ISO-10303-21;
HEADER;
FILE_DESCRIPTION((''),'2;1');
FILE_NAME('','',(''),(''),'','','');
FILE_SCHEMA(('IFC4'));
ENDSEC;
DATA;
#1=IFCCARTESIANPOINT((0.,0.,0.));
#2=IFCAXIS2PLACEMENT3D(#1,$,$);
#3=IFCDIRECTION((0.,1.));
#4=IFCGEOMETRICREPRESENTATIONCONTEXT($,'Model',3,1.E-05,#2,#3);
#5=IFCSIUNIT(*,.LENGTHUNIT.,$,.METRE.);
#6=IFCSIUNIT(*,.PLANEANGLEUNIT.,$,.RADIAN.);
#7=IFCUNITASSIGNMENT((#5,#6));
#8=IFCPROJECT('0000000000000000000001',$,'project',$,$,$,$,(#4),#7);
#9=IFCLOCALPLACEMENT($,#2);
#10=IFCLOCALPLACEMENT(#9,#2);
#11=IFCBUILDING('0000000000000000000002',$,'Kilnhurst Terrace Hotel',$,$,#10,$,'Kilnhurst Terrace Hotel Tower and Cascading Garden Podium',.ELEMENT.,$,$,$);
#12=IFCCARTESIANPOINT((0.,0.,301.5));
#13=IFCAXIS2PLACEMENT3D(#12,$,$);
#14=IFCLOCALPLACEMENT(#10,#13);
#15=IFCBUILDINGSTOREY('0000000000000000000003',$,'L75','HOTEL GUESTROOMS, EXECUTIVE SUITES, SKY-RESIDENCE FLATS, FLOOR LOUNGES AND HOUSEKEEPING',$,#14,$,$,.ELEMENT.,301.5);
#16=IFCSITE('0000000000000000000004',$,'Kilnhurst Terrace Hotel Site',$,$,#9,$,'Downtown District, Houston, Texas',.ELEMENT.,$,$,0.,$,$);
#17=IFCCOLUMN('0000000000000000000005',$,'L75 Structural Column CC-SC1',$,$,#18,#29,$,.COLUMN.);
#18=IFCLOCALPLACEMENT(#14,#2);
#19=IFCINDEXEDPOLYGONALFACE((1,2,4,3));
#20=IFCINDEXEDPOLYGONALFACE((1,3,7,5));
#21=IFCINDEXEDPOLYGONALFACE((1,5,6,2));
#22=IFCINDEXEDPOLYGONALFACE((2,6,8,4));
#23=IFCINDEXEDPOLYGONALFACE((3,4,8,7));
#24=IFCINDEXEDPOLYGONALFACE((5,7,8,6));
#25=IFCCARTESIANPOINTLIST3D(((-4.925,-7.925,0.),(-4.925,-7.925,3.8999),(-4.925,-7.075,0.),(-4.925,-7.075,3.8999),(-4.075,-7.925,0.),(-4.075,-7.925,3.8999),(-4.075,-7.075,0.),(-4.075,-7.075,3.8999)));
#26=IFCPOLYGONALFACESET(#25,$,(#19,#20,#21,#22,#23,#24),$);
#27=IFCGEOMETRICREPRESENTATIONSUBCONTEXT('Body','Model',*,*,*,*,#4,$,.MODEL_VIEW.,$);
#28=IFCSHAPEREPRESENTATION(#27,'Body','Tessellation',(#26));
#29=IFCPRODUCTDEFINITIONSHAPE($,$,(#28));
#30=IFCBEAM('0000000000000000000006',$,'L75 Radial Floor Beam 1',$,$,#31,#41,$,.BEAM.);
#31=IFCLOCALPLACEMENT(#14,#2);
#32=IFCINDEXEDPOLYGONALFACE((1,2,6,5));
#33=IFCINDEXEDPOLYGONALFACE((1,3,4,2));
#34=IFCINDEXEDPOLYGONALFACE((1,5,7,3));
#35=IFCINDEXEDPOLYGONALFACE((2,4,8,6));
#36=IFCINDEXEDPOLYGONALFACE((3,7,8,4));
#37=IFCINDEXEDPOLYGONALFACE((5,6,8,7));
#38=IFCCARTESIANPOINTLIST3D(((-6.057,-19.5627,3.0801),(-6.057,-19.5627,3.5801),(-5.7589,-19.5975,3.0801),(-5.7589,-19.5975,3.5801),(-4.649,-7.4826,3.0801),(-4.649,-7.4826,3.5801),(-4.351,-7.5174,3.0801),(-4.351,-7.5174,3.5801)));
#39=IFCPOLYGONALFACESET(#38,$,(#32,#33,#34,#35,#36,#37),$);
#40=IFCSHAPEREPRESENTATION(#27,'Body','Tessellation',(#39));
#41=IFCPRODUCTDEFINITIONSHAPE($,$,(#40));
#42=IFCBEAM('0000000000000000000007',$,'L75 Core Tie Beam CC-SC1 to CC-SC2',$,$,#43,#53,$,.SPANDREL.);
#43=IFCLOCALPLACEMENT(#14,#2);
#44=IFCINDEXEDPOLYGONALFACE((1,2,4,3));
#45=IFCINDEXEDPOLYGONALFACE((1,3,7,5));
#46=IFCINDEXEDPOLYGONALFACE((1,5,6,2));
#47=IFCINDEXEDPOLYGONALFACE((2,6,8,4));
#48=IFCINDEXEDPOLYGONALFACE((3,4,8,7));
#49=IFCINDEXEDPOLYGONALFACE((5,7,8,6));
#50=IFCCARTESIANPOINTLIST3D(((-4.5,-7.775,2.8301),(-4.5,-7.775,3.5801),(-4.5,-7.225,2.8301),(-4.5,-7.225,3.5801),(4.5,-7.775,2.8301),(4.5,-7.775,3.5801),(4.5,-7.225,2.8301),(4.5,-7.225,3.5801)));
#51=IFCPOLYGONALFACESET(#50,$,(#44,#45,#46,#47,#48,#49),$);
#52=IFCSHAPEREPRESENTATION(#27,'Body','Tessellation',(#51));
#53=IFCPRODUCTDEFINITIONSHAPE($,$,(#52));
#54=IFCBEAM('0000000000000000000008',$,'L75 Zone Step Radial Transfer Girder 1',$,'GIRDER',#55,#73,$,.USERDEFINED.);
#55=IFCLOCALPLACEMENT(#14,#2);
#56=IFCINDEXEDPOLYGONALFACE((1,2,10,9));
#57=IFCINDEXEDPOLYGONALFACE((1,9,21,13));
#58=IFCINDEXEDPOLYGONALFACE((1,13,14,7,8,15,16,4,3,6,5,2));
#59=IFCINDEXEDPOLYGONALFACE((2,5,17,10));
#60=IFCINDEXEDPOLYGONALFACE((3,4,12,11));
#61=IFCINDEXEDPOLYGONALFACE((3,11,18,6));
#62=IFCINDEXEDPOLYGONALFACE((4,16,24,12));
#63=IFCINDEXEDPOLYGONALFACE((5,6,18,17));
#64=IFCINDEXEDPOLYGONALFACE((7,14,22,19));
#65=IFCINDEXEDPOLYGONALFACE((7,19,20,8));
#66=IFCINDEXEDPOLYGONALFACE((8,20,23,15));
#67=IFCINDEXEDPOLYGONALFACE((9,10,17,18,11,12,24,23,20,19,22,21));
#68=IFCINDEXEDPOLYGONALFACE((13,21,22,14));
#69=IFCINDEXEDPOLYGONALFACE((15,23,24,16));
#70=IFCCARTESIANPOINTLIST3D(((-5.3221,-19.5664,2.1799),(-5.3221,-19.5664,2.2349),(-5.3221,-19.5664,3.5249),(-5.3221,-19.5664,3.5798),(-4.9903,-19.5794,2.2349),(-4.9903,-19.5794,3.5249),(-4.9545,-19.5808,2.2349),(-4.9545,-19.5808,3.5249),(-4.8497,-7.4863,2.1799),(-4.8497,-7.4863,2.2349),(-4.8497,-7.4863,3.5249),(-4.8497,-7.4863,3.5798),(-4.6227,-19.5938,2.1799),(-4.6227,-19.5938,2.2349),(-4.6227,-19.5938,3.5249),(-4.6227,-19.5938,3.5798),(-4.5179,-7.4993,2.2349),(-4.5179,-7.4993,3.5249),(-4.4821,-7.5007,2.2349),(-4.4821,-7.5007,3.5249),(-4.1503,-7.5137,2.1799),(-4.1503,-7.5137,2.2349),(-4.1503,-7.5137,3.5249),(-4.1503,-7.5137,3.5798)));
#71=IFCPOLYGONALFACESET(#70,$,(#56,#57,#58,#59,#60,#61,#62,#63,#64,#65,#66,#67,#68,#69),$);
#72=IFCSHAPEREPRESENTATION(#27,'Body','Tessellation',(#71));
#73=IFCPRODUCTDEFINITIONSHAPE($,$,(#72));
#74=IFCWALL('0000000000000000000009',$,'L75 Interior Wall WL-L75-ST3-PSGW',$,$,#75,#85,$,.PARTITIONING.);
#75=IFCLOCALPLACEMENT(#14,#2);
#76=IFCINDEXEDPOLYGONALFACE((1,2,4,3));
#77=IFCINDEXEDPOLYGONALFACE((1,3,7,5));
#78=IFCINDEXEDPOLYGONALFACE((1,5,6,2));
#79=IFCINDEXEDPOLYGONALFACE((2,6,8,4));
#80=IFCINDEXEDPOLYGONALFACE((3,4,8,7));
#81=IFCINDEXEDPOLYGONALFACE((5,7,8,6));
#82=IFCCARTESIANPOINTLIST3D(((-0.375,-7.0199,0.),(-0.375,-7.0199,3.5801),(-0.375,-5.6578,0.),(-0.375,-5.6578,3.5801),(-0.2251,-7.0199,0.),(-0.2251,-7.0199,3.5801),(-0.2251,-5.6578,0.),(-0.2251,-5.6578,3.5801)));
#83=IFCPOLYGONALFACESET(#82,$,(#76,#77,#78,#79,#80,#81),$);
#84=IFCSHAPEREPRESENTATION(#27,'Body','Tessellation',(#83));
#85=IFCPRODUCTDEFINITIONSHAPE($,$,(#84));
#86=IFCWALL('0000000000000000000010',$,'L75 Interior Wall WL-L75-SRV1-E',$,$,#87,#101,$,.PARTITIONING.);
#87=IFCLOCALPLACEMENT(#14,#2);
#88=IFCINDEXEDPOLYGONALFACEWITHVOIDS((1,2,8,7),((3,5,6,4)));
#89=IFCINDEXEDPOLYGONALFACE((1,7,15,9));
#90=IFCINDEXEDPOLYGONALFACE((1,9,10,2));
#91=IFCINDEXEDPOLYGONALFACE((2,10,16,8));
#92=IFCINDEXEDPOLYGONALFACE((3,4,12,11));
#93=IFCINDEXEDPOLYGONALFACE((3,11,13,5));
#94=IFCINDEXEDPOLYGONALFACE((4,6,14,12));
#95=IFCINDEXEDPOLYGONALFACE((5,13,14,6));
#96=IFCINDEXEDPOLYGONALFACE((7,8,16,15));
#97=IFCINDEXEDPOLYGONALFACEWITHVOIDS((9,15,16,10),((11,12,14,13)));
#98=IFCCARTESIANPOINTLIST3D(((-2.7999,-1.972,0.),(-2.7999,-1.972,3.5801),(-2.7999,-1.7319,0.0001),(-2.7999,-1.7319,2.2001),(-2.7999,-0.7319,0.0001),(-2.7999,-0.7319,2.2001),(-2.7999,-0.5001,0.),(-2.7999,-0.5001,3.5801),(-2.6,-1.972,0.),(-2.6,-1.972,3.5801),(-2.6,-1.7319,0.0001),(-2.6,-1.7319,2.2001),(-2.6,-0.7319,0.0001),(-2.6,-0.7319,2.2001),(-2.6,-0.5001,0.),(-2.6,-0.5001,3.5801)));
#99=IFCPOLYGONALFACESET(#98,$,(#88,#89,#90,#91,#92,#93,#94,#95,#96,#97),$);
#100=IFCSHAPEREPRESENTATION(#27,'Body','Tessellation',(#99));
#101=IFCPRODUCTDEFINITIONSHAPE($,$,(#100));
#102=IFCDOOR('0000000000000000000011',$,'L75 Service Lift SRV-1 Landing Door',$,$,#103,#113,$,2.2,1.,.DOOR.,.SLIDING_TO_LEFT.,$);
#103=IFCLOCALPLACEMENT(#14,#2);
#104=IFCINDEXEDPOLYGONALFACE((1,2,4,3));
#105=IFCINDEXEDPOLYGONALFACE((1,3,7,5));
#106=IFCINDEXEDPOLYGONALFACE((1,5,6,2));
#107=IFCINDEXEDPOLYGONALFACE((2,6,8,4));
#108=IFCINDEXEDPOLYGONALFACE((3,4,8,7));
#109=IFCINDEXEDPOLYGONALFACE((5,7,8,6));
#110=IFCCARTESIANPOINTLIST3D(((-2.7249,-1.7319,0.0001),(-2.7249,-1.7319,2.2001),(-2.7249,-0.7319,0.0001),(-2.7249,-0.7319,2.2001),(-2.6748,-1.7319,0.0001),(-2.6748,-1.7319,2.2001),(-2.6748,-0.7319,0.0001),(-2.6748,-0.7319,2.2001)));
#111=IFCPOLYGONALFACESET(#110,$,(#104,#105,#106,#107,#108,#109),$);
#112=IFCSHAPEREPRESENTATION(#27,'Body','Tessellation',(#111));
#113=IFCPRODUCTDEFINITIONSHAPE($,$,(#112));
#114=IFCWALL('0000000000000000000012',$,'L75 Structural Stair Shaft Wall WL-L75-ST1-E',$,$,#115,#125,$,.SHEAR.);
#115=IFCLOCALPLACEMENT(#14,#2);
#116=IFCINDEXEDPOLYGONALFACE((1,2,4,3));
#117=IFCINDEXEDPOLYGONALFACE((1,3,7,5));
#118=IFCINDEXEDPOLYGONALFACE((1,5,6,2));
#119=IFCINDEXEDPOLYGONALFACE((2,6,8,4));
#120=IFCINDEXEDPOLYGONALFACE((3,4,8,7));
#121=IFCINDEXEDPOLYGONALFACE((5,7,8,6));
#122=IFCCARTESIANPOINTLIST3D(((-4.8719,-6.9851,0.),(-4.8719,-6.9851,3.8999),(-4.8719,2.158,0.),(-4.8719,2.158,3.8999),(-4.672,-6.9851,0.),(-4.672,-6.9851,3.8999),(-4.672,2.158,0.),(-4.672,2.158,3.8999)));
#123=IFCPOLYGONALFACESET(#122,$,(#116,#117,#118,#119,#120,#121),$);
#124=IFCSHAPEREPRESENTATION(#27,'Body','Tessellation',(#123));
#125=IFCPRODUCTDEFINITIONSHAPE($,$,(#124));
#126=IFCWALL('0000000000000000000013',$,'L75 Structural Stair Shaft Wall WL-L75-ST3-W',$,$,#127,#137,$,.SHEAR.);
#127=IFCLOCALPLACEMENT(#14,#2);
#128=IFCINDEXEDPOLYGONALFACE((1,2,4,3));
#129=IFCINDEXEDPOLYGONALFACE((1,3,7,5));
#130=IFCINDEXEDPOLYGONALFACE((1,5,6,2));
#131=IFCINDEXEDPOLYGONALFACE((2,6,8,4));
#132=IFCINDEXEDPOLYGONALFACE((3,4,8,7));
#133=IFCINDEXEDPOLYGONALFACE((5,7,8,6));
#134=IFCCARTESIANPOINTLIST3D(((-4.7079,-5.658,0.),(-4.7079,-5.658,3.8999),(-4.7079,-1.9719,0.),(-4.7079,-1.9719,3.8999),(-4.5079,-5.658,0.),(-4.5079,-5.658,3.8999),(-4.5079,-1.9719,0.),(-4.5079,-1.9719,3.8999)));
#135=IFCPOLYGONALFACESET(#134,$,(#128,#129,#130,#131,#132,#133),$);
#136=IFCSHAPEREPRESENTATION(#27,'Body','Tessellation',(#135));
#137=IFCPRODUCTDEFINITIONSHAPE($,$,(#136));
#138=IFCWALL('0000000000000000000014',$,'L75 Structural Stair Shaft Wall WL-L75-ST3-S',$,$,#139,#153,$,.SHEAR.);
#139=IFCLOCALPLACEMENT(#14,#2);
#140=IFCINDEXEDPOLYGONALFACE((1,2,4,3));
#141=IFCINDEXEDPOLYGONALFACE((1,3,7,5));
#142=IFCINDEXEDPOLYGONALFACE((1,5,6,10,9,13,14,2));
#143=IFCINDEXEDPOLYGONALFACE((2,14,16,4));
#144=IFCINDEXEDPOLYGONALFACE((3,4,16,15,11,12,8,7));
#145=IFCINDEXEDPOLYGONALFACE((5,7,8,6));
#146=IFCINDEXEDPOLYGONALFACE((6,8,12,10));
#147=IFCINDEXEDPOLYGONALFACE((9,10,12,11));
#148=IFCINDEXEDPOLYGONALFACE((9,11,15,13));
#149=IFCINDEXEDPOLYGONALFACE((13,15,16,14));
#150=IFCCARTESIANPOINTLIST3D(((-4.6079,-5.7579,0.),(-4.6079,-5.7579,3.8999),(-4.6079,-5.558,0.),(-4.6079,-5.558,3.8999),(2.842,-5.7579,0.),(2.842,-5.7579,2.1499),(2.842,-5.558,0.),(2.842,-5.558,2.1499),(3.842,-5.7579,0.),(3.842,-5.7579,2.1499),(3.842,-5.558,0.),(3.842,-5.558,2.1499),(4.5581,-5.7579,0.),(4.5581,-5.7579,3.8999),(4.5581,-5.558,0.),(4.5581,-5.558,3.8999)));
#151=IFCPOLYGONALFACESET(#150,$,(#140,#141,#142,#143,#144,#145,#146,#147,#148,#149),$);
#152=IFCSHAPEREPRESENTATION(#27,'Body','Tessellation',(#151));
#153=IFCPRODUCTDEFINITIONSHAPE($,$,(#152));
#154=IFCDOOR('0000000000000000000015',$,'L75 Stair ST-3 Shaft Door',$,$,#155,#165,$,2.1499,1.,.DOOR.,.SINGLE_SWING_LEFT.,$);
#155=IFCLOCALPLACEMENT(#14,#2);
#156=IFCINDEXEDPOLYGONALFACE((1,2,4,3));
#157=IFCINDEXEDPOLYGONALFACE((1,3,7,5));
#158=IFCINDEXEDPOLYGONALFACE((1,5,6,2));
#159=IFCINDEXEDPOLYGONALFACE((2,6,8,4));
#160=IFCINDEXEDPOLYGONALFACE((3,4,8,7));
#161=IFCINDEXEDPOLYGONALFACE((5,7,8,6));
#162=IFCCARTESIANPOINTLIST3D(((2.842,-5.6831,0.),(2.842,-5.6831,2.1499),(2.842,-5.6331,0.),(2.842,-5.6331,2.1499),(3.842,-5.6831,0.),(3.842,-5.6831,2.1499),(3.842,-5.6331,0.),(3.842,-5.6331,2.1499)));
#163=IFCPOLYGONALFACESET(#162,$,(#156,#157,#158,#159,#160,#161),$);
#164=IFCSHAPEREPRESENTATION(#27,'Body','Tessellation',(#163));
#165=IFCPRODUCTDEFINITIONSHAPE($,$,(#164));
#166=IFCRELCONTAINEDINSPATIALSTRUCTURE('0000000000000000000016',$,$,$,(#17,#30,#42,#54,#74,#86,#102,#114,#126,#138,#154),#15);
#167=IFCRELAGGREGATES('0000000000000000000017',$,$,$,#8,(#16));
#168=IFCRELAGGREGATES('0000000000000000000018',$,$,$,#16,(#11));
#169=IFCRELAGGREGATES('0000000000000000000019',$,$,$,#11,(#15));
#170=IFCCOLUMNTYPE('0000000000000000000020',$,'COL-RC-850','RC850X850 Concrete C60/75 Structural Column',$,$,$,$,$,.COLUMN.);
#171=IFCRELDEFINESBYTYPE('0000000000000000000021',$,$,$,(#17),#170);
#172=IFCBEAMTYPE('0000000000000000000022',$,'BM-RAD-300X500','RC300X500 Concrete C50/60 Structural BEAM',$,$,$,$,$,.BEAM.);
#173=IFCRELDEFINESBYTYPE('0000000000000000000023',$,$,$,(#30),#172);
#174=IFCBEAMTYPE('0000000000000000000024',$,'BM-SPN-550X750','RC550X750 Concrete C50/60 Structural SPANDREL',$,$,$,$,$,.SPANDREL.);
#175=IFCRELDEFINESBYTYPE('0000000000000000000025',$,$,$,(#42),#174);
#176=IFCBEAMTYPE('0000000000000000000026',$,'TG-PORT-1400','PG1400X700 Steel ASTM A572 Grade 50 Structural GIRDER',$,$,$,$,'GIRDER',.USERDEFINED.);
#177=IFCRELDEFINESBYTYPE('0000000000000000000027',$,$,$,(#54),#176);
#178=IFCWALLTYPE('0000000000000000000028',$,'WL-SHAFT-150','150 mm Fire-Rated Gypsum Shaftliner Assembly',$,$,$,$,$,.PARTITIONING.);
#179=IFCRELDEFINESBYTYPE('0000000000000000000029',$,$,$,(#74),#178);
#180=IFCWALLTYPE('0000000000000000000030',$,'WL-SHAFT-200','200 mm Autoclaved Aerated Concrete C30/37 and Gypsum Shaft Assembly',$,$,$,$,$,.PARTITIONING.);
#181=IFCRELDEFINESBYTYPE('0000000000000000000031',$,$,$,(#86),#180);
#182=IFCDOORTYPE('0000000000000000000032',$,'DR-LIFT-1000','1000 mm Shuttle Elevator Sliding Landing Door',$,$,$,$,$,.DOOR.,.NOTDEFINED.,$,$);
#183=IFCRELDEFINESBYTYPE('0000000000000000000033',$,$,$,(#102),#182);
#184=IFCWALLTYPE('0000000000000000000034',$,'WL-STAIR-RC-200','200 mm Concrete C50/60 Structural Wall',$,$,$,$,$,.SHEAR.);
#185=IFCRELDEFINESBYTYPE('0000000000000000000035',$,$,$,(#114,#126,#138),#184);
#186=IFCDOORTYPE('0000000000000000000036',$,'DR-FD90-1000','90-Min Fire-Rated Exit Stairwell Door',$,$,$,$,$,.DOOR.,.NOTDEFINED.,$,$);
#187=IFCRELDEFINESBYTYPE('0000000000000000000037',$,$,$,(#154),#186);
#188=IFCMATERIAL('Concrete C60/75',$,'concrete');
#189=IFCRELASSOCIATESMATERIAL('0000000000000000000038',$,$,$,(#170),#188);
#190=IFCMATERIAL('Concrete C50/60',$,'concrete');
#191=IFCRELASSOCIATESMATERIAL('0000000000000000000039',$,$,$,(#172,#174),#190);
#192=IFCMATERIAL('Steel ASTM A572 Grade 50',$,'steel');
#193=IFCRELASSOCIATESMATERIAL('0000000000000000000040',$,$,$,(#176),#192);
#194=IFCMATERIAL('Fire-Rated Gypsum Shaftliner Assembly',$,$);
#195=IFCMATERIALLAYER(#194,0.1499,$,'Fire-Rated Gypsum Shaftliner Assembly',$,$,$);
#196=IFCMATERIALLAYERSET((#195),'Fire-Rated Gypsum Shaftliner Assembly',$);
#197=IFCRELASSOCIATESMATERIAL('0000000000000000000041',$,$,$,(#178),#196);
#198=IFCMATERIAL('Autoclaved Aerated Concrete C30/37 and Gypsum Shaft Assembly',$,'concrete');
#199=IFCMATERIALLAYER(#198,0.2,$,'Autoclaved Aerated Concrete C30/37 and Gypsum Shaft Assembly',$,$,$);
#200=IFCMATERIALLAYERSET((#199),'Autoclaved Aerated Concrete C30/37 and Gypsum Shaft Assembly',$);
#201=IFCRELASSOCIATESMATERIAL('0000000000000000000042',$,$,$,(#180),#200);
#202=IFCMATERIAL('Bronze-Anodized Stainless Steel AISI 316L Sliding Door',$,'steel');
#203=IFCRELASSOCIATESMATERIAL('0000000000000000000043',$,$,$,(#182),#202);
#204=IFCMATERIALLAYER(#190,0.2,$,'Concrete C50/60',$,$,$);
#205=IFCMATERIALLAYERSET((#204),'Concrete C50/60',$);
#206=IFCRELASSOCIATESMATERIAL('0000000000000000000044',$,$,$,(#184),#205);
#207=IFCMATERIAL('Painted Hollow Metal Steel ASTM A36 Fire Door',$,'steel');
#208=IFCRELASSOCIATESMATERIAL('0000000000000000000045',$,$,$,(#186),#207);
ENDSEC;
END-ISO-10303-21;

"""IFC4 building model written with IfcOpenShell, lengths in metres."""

from ifc_helpers import new_model, si_unit, direction, frame, frame_2d, origin, origin_2d, place, context, subcontext, project, spatial, rectangle, i_section, extrude, material, layer, layer_set, material_profile, profile_set, type_object, element, fill, save


model = new_model("IFC4")

# Units and contexts
model_context = context("Model", 3, precision=1e-05, world=origin(), true_north=direction((0.0, 1.0)))
body_context = subcontext(model_context, "Body", "Model", "MODEL_VIEW")
ifc_project = project(units=[si_unit("LENGTHUNIT", "METRE"), si_unit("PLANEANGLEUNIT", "RADIAN")], contexts=[model_context])

# Site, building, storey
site_placement = place(None, origin())
site = spatial("IfcSite", under=ifc_project, at=site_placement, Name="Kilnhurst Terrace Hotel Site", LongName="Downtown District, Houston, Texas", CompositionType="ELEMENT", RefElevation=0.0)
building_placement = place(site_placement, origin())
building = spatial("IfcBuilding", under=site, at=building_placement, Name="Kilnhurst Terrace Hotel", LongName="Kilnhurst Terrace Hotel Tower and Cascading Garden Podium", CompositionType="ELEMENT")
storey_placement = place(building_placement, frame((0.0, 0.0, 301.5)))
storey = spatial("IfcBuildingStorey", under=building, at=storey_placement, Name="L75", Description="HOTEL GUESTROOMS, EXECUTIVE SUITES, SKY-RESIDENCE FLATS, FLOOR LOUNGES AND HOUSEKEEPING", CompositionType="ELEMENT", Elevation=301.5)

# Column
ifc_material_1 = material(Name="Concrete C60/75", Category="concrete")
ifc_material_profile_1 = material_profile(ifc_material_1, rectangle(XDim=0.8501, YDim=0.8501, at=origin_2d()), Name="RC850X850")
ifc_profile_set_1 = profile_set([ifc_material_profile_1], Name="Concrete C60/75")
column_type = type_object("IfcColumnType", Name="COL-RC-850", Description="RC850X850 Concrete C60/75 Structural Column", PredefinedType="COLUMN", material=ifc_profile_set_1)
column_placement = place(storey_placement, frame((-4.5, -7.5, 0.0), z_axis=(0.0, 0.0, 1.0), x_axis=(1.0, 0.0, 0.0)))
element("IfcColumn", 1, at=column_placement, inside=storey, type_object=column_type, Name="L75 Structural Column CC-SC1", PredefinedType="COLUMN", context=body_context, shape_type="SweptSolid", body=[
    extrude(rectangle(XDim=0.8501, YDim=0.8501, at=origin_2d()), origin(), (0.0, 0.0, 1.0), 3.8999),
])

# Beams
ifc_material_2 = material(Name="Concrete C50/60", Category="concrete")
ifc_material_profile_2 = material_profile(ifc_material_2, rectangle(XDim=0.3, YDim=0.5, at=origin_2d()), Name="RC300X500")
ifc_profile_set_2 = profile_set([ifc_material_profile_2], Name="Concrete C50/60")
beam_type_1 = type_object("IfcBeamType", Name="BM-RAD-300X500", Description="RC300X500 Concrete C50/60 Structural BEAM", PredefinedType="BEAM", material=ifc_profile_set_2)
beam_1_placement = place(storey_placement, frame((-4.5, -7.5, 3.3301), z_axis=(-0.115768, -0.993276, 0.0), x_axis=(0.993276, -0.115768, 0.0)))
element("IfcBeam", 2, at=beam_1_placement, inside=storey, type_object=beam_type_1, Name="L75 Radial Floor Beam 1", PredefinedType="BEAM", context=body_context, shape_type="SweptSolid", body=[
    extrude(rectangle(XDim=0.3, YDim=0.5, at=origin_2d()), origin(), (0.0, 0.0, 1.0), 12.1619),
])
ifc_material_profile_3 = material_profile(ifc_material_2, rectangle(XDim=0.55, YDim=0.75, at=origin_2d()), Name="RC550X750")
ifc_profile_set_3 = profile_set([ifc_material_profile_3], Name="Concrete C50/60")
beam_type_2 = type_object("IfcBeamType", Name="BM-SPN-550X750", Description="RC550X750 Concrete C50/60 Structural SPANDREL", PredefinedType="SPANDREL", material=ifc_profile_set_3)
beam_2_placement = place(storey_placement, frame((-4.5, -7.5, 3.2051), z_axis=(1.0, 0.0, 0.0), x_axis=(0.0, 1.0, 0.0)))
element("IfcBeam", 3, at=beam_2_placement, inside=storey, type_object=beam_type_2, Name="L75 Core Tie Beam CC-SC1 to CC-SC2", PredefinedType="SPANDREL", context=body_context, shape_type="SweptSolid", body=[
    extrude(rectangle(XDim=0.55, YDim=0.75, at=origin_2d()), origin(), (0.0, 0.0, 1.0), 9.0),
])
ifc_material_3 = material(Name="Steel ASTM A572 Grade 50", Category="steel")
ifc_material_profile_4 = material_profile(ifc_material_3, i_section(OverallWidth=0.7, OverallDepth=1.3999, WebThickness=0.0359, FlangeThickness=0.0549, at=origin_2d()), Name="PG1400X700")
ifc_profile_set_4 = profile_set([ifc_material_profile_4], Name="Steel ASTM A572 Grade 50")
beam_type_3 = type_object("IfcBeamType", Name="TG-PORT-1400", Description="PG1400X700 Steel ASTM A572 Grade 50 Structural GIRDER", ElementType="GIRDER", PredefinedType="USERDEFINED", material=ifc_profile_set_4)
beam_3_placement = place(storey_placement, frame((-4.5, -7.5, 2.8799), z_axis=(-0.039077, -0.999236, 0.0), x_axis=(0.999236, -0.039077, 0.0)))
element("IfcBeam", 4, at=beam_3_placement, inside=storey, type_object=beam_type_3, Name="L75 Zone Step Radial Transfer Girder 1", ObjectType="GIRDER", PredefinedType="USERDEFINED", context=body_context, shape_type="SweptSolid", body=[
    extrude(i_section(OverallWidth=0.7, OverallDepth=1.3999, WebThickness=0.0359, FlangeThickness=0.0549, at=origin_2d()), origin(), (0.0, 0.0, 1.0), 12.0894),
])

# Wall
ifc_material_4 = material(Name="Fire-Rated Gypsum Shaftliner Assembly")
ifc_layer_1 = layer(ifc_material_4, 0.1499, Name="Fire-Rated Gypsum Shaftliner Assembly")
ifc_layer_set_1 = layer_set([ifc_layer_1], Name="Fire-Rated Gypsum Shaftliner Assembly")
wall_type_1 = type_object("IfcWallType", Name="WL-SHAFT-150", Description="150 mm Fire-Rated Gypsum Shaftliner Assembly", PredefinedType="PARTITIONING", material=ifc_layer_set_1)
wall_1_placement = place(storey_placement, frame((-0.3, -7.02, 0.0), z_axis=(0.0, 0.0, 1.0), x_axis=(0.0, 1.0, 0.0)))
element("IfcWall", 5, at=wall_1_placement, inside=storey, type_object=wall_type_1, Name="L75 Interior Wall WL-L75-ST3-PSGW", PredefinedType="PARTITIONING", context=body_context, shape_type="SweptSolid", body=[
    extrude(rectangle(XDim=1.3621, YDim=0.1499, at=frame_2d((0.6812, 0.0))), origin(), (0.0, 0.0, 1.0), 3.5801),
])

# Wall, opening, door
ifc_material_5 = material(Name="Autoclaved Aerated Concrete C30/37 and Gypsum Shaft Assembly", Category="concrete")
ifc_layer_2 = layer(ifc_material_5, 0.2, Name="Autoclaved Aerated Concrete C30/37 and Gypsum Shaft Assembly")
ifc_layer_set_2 = layer_set([ifc_layer_2], Name="Autoclaved Aerated Concrete C30/37 and Gypsum Shaft Assembly")
wall_type_2 = type_object("IfcWallType", Name="WL-SHAFT-200", Description="200 mm Autoclaved Aerated Concrete C30/37 and Gypsum Shaft Assembly", PredefinedType="PARTITIONING", material=ifc_layer_set_2)
wall_2_placement = place(storey_placement, frame((-2.7, -1.9719, 0.0), z_axis=(0.0, 0.0, 1.0), x_axis=(0.0, 1.0, 0.0)))
wall_2 = element("IfcWall", 6, at=wall_2_placement, inside=storey, type_object=wall_type_2, Name="L75 Interior Wall WL-L75-SRV1-E", PredefinedType="PARTITIONING", context=body_context, shape_type="SweptSolid", body=[
    extrude(rectangle(XDim=1.4719, YDim=0.2, at=frame_2d((0.7358, 0.0))), origin(), (0.0, 0.0, 1.0), 3.5801),
])
opening_1_placement = place(wall_2_placement, frame((0.24, 0.0, 0.0)))
opening_1 = element("IfcOpeningElement", 7, at=opening_1_placement, cuts=wall_2, PredefinedType="OPENING", context=body_context, shape_type="SweptSolid", body=[
    extrude(rectangle(XDim=1.0, YDim=2.2, at=frame_2d((0.5, 1.1001))), frame((0.0, 0.1099, 0.0), z_axis=(0.0, -1.0, 0.0), x_axis=(1.0, 0.0, 0.0)), (0.0, 0.0, 1.0), 0.22),
])
ifc_material_6 = material(Name="Bronze-Anodized Stainless Steel AISI 316L Sliding Door", Category="steel")
door_type_1 = type_object("IfcDoorType", Name="DR-LIFT-1000", Description="1000 mm Shuttle Elevator Sliding Landing Door", OperationType="NOTDEFINED", PredefinedType="DOOR", material=ifc_material_6)
door_1_placement = place(opening_1_placement, origin())
door_1 = element("IfcDoor", 8, at=door_1_placement, inside=storey, type_object=door_type_1, Name="L75 Service Lift SRV-1 Landing Door", OperationType="SLIDING_TO_LEFT", OverallHeight=2.2, OverallWidth=1.0, PredefinedType="DOOR", context=body_context, shape_type="SweptSolid", body=[
    extrude(rectangle(XDim=1.0, YDim=2.2, at=frame_2d((0.5, 1.1001))), frame((0.0, 0.0249, 0.0), z_axis=(0.0, -1.0, 0.0), x_axis=(1.0, 0.0, 0.0)), (0.0, 0.0, 1.0), 0.05),
])
fill(opening_1, door_1)

# Walls
ifc_layer_3 = layer(ifc_material_2, 0.2, Name="Concrete C50/60")
ifc_layer_set_3 = layer_set([ifc_layer_3], Name="Concrete C50/60")
wall_type_3 = type_object("IfcWallType", Name="WL-STAIR-RC-200", Description="200 mm Concrete C50/60 Structural Wall", PredefinedType="SHEAR", material=ifc_layer_set_3)
wall_3_placement = place(storey_placement, frame((-4.772, -6.9851, 0.0), z_axis=(0.0, 0.0, 1.0), x_axis=(0.0, 1.0, 0.0)))
element("IfcWall", 9, at=wall_3_placement, inside=storey, type_object=wall_type_3, Name="L75 Structural Stair Shaft Wall WL-L75-ST1-E", PredefinedType="SHEAR", context=body_context, shape_type="SweptSolid", body=[
    extrude(rectangle(XDim=9.1431, YDim=0.2, at=frame_2d((4.5715, 0.0))), origin(), (0.0, 0.0, 1.0), 3.8999),
])
wall_4_placement = place(storey_placement, frame((-4.6079, -5.658, 0.0), z_axis=(0.0, 0.0, 1.0), x_axis=(0.0, 1.0, 0.0)))
element("IfcWall", 10, at=wall_4_placement, inside=storey, type_object=wall_type_3, Name="L75 Structural Stair Shaft Wall WL-L75-ST3-W", PredefinedType="SHEAR", context=body_context, shape_type="SweptSolid", body=[
    extrude(rectangle(XDim=3.686, YDim=0.2, at=frame_2d((1.843, 0.0))), origin(), (0.0, 0.0, 1.0), 3.8999),
])

# Wall, opening, door
wall_5_placement = place(storey_placement, frame((-4.6079, -5.658, 0.0), z_axis=(0.0, 0.0, 1.0), x_axis=(1.0, 0.0, 0.0)))
wall_5 = element("IfcWall", 11, at=wall_5_placement, inside=storey, type_object=wall_type_3, Name="L75 Structural Stair Shaft Wall WL-L75-ST3-S", PredefinedType="SHEAR", context=body_context, shape_type="SweptSolid", body=[
    extrude(rectangle(XDim=9.166, YDim=0.2, at=frame_2d((4.583, 0.0))), origin(), (0.0, 0.0, 1.0), 3.8999),
])
opening_2_placement = place(wall_5_placement, frame((7.45, 0.0, 0.0)))
opening_2 = element("IfcOpeningElement", 12, at=opening_2_placement, cuts=wall_5, PredefinedType="OPENING", context=body_context, shape_type="SweptSolid", body=[
    extrude(rectangle(XDim=1.0, YDim=2.1499, at=frame_2d((0.5, 1.075))), frame((0.0, 0.1099, 0.0), z_axis=(0.0, -1.0, 0.0), x_axis=(1.0, 0.0, 0.0)), (0.0, 0.0, 1.0), 0.22),
])
ifc_material_7 = material(Name="Painted Hollow Metal Steel ASTM A36 Fire Door", Category="steel")
door_type_2 = type_object("IfcDoorType", Name="DR-FD90-1000", Description="90-Min Fire-Rated Exit Stairwell Door", OperationType="NOTDEFINED", PredefinedType="DOOR", material=ifc_material_7)
door_2_placement = place(opening_2_placement, origin())
door_2 = element("IfcDoor", 13, at=door_2_placement, inside=storey, type_object=door_type_2, Name="L75 Stair ST-3 Shaft Door", OperationType="SINGLE_SWING_LEFT", OverallHeight=2.1499, OverallWidth=1.0, PredefinedType="DOOR", context=body_context, shape_type="SweptSolid", body=[
    extrude(rectangle(XDim=1.0, YDim=2.1499, at=frame_2d((0.5, 1.075))), frame((0.0, 0.0249, 0.0), z_axis=(0.0, -1.0, 0.0), x_axis=(1.0, 0.0, 0.0)), (0.0, 0.0, 1.0), 0.05),
])
fill(opening_2, door_2)

save(model, "model.ifc")
